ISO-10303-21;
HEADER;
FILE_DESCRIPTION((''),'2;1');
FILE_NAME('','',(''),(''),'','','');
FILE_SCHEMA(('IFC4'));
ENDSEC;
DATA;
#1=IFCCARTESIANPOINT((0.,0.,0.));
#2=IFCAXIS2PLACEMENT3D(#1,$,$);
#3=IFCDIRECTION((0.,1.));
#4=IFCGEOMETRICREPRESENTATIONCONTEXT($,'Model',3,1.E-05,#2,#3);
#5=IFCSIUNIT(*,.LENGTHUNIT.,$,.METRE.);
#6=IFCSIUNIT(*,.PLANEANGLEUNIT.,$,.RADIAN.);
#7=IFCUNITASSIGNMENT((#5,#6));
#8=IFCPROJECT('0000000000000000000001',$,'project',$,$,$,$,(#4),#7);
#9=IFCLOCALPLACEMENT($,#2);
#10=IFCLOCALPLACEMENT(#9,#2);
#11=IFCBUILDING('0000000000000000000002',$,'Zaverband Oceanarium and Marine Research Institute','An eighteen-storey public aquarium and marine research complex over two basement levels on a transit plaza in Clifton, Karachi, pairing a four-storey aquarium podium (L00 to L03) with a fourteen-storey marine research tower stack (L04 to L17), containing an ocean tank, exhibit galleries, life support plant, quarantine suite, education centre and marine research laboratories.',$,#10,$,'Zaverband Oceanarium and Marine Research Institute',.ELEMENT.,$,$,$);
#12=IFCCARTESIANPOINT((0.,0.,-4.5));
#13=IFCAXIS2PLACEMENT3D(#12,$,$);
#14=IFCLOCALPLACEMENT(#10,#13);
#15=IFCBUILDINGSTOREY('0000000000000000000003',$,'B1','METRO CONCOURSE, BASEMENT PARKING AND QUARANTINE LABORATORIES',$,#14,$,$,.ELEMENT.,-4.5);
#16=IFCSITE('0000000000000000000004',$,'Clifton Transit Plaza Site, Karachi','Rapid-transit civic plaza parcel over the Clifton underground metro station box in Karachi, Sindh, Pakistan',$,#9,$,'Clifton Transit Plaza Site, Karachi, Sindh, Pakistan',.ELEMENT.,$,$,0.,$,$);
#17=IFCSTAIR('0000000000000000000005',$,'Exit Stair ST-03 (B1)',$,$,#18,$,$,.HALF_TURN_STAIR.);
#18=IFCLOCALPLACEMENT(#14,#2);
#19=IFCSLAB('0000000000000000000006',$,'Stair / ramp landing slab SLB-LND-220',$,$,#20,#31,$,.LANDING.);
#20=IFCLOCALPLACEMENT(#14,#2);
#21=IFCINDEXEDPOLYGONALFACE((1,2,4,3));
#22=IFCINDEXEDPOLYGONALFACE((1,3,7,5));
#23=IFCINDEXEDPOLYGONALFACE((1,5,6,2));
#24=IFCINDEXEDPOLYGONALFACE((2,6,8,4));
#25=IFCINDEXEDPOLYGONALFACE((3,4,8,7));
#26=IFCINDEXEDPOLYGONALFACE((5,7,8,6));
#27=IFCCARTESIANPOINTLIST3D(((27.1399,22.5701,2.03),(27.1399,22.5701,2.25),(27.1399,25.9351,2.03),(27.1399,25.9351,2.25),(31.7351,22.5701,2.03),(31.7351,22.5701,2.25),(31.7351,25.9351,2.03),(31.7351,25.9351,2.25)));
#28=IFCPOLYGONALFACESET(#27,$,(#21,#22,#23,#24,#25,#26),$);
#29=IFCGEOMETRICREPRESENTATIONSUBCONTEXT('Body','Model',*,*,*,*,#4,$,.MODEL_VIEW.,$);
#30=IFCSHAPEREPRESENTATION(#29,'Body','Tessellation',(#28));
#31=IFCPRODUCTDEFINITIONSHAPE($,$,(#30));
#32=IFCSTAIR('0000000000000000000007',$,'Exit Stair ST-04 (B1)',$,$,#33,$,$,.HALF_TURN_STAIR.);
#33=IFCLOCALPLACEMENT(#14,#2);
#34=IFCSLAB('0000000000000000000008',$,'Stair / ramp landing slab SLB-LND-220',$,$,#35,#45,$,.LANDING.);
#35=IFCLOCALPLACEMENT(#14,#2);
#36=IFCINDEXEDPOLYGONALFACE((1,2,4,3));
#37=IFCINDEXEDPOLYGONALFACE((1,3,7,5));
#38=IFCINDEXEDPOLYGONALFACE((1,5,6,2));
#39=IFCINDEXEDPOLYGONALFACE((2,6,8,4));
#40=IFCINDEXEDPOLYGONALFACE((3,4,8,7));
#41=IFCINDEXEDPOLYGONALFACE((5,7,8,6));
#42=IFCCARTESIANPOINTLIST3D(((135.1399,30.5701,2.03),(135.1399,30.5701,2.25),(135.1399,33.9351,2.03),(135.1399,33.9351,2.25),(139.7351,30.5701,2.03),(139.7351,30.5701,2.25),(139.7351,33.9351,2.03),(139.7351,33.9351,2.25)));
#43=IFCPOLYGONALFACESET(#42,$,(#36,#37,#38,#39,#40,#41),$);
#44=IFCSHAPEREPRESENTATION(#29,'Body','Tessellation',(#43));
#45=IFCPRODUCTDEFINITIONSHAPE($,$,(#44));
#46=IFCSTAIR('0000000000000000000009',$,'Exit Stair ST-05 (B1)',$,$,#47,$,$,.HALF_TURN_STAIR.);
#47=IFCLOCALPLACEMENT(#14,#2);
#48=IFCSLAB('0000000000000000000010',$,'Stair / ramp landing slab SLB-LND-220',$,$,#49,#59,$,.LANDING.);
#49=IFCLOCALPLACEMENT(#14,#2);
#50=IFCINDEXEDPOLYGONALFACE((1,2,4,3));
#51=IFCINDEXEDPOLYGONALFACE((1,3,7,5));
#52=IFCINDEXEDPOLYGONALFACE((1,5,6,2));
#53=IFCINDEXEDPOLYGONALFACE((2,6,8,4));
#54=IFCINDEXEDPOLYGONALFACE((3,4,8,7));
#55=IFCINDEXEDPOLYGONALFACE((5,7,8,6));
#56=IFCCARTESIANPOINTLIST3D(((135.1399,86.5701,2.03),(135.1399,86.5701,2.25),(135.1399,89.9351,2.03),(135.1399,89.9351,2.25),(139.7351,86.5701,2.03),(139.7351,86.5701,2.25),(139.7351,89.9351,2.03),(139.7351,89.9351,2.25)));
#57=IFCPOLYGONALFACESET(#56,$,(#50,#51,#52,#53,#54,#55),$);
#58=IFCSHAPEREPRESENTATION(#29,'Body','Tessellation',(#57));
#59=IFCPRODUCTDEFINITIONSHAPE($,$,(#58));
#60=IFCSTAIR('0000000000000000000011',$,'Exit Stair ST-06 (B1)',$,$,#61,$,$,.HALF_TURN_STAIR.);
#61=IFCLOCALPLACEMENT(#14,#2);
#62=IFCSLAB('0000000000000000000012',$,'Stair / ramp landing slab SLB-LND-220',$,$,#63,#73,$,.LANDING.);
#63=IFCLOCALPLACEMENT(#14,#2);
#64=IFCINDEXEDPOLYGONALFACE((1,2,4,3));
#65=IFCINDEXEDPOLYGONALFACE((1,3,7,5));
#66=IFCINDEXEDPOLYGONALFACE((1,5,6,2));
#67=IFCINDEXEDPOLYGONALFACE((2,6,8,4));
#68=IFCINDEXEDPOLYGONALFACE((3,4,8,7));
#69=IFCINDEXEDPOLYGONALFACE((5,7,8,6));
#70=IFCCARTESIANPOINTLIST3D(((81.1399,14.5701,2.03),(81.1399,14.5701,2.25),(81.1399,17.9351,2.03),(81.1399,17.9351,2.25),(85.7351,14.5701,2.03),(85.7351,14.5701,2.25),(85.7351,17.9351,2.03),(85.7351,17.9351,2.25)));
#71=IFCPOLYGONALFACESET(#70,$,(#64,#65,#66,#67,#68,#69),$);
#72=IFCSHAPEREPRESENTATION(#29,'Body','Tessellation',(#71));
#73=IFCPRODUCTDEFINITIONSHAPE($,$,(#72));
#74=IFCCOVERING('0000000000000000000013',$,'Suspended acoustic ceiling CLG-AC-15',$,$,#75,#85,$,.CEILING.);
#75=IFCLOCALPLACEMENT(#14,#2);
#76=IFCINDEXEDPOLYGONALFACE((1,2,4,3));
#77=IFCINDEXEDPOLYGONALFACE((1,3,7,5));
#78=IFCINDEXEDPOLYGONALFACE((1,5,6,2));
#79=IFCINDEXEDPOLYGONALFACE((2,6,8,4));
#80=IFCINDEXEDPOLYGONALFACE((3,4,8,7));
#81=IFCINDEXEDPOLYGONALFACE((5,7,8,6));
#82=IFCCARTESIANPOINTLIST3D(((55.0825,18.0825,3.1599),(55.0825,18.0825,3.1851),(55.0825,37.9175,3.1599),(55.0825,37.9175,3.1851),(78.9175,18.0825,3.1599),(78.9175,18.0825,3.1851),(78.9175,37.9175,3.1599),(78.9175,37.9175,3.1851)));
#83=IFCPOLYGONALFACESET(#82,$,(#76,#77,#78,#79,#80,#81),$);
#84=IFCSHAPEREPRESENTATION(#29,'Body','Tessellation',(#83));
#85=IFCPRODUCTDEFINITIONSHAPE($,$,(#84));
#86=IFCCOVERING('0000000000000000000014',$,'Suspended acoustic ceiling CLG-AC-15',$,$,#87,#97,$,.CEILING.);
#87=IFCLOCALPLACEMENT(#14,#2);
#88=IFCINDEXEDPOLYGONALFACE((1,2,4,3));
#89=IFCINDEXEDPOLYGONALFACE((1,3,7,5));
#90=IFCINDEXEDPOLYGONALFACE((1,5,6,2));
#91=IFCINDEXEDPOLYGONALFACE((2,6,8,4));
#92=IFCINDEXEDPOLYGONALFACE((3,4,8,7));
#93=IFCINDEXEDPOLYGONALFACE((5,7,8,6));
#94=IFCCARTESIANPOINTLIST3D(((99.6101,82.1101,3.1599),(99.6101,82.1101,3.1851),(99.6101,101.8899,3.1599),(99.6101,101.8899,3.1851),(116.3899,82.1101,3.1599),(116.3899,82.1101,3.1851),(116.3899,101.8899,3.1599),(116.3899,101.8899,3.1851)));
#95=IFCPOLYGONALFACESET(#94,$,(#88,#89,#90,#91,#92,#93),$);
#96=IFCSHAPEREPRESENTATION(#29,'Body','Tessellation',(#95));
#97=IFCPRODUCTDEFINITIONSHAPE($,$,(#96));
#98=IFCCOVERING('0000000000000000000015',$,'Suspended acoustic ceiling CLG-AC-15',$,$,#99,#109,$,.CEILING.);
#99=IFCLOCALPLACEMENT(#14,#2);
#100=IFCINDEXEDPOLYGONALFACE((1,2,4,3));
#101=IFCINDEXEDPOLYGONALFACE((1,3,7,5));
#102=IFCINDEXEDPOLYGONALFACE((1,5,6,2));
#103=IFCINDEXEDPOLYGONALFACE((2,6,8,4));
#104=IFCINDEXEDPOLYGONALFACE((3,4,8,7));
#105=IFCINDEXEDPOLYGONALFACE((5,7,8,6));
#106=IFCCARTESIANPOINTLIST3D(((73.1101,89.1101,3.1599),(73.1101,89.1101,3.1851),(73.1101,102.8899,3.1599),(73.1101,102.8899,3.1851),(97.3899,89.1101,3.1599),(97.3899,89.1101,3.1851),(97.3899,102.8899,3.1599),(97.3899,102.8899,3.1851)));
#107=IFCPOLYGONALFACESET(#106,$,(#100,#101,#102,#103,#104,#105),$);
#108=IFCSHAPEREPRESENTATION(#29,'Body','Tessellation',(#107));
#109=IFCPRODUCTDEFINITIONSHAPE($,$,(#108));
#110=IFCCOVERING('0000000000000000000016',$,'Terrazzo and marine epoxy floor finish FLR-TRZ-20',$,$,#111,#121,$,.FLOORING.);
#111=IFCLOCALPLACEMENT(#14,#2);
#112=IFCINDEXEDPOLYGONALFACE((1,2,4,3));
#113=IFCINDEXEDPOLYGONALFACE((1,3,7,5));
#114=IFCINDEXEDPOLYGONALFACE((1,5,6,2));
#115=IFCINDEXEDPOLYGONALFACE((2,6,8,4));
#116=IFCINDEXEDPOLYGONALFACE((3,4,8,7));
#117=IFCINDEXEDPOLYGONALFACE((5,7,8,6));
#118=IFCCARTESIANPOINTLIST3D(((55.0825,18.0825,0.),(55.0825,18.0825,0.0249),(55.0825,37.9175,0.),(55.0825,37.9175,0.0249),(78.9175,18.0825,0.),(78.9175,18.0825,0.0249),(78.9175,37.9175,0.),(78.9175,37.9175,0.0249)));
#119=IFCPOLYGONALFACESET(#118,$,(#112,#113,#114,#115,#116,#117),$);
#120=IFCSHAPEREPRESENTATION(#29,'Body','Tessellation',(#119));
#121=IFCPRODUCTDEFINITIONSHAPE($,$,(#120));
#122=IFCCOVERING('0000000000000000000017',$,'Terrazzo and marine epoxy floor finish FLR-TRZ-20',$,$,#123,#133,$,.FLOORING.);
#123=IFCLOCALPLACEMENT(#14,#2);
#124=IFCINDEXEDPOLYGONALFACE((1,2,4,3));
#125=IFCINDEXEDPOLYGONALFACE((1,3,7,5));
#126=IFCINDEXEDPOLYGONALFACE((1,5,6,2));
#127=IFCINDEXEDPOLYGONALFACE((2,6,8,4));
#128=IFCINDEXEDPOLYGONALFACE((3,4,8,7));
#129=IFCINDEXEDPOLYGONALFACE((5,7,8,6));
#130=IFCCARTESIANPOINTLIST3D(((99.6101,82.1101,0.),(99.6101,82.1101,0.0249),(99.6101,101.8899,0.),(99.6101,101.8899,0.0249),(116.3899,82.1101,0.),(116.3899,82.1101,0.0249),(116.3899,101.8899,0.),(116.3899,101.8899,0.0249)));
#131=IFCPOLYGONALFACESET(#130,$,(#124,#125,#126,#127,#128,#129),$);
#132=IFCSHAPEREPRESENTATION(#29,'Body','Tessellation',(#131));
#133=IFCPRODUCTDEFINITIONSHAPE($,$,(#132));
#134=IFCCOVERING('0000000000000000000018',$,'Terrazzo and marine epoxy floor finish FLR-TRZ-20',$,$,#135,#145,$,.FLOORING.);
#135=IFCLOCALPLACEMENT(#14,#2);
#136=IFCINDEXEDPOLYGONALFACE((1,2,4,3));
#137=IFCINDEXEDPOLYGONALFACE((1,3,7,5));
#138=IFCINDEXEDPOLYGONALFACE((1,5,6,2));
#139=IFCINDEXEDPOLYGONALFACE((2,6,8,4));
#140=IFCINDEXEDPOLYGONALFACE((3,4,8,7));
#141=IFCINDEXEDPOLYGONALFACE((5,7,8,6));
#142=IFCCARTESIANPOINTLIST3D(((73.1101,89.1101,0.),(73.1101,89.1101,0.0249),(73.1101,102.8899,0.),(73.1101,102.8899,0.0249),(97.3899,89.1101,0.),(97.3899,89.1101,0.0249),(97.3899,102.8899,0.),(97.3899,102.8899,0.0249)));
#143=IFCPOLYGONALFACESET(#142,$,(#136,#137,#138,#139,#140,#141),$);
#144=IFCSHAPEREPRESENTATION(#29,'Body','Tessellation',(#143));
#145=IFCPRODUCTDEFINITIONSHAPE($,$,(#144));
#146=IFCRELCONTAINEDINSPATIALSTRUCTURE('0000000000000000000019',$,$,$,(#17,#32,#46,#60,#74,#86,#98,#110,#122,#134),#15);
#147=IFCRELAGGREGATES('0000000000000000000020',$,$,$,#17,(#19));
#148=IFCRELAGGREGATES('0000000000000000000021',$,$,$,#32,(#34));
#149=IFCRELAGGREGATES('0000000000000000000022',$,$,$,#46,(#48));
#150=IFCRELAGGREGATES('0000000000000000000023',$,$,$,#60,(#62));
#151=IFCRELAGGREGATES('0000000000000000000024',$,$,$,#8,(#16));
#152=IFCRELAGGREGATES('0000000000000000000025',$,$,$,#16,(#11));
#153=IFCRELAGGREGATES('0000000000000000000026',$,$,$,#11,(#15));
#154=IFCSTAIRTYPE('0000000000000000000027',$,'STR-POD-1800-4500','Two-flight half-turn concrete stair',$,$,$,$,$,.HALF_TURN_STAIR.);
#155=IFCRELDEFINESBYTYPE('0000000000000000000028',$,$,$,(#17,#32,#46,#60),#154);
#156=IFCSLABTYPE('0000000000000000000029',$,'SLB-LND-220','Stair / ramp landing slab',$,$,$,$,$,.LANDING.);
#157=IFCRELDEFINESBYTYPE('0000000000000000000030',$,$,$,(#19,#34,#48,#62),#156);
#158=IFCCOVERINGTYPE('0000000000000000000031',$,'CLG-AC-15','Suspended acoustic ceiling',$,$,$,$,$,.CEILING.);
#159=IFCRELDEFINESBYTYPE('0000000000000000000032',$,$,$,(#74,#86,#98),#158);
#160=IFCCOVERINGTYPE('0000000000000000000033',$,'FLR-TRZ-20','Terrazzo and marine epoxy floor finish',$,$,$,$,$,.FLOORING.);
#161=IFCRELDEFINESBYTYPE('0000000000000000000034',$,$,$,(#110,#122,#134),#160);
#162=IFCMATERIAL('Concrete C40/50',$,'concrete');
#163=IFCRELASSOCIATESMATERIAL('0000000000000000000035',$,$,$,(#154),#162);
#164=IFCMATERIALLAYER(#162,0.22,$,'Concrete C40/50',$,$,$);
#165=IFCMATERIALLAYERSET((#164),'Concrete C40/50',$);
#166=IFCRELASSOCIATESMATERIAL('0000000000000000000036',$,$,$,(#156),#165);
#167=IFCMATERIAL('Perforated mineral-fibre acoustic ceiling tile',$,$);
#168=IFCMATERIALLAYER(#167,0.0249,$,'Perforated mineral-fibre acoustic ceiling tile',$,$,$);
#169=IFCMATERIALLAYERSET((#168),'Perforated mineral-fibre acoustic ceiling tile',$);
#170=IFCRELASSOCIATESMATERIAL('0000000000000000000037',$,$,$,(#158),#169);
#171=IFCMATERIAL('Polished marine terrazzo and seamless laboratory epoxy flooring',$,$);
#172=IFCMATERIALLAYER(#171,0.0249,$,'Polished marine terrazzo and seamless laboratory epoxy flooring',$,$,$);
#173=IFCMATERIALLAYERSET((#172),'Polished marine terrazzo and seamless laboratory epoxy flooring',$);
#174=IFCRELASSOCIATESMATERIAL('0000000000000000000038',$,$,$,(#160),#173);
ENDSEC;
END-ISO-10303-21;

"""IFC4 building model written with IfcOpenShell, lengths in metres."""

from ifc_helpers import new_model, si_unit, direction, frame, origin, place, context, subcontext, project, spatial, polyline, outline, extrude, material, layer, layer_set, type_object, element, aggregate, save


model = new_model("IFC4")

# Units and contexts
model_context = context("Model", 3, precision=1e-05, world=origin(), true_north=direction((0.0, 1.0)))
body_context = subcontext(model_context, "Body", "Model", "MODEL_VIEW")
ifc_project = project(units=[si_unit("LENGTHUNIT", "METRE"), si_unit("PLANEANGLEUNIT", "RADIAN")], contexts=[model_context])

# Site, building, storey
site_placement = place(None, origin())
site = spatial("IfcSite", under=ifc_project, at=site_placement, Name="Clifton Transit Plaza Site, Karachi", Description="Rapid-transit civic plaza parcel over the Clifton underground metro station box in Karachi, Sindh, Pakistan", LongName="Clifton Transit Plaza Site, Karachi, Sindh, Pakistan", CompositionType="ELEMENT", RefElevation=0.0)
building_placement = place(site_placement, origin())
building = spatial("IfcBuilding", under=site, at=building_placement, Name="Zaverband Oceanarium and Marine Research Institute", Description="An eighteen-storey public aquarium and marine research complex over two basement levels on a transit plaza in Clifton, Karachi, pairing a four-storey aquarium podium (L00 to L03) with a fourteen-storey marine research tower stack (L04 to L17), containing an ocean tank, exhibit galleries, life support plant, quarantine suite, education centre and marine research laboratories.", LongName="Zaverband Oceanarium and Marine Research Institute", CompositionType="ELEMENT")
storey_placement = place(building_placement, frame((0.0, 0.0, -4.5)))
storey = spatial("IfcBuildingStorey", under=building, at=storey_placement, Name="B1", Description="METRO CONCOURSE, BASEMENT PARKING AND QUARANTINE LABORATORIES", CompositionType="ELEMENT", Elevation=-4.5)

# Shared definitions
ifc_material_1 = material(Name="Concrete C40/50", Category="concrete")

# Stairs, slabs
stair_type_1 = type_object("IfcStairType", Name="STR-POD-1800-4500", Description="Two-flight half-turn concrete stair", PredefinedType="HALF_TURN_STAIR", material=ifc_material_1)
stair_1_placement = place(storey_placement, origin())
stair_1 = element("IfcStair", 1, at=stair_1_placement, inside=storey, type_object=stair_type_1, Name="Exit Stair ST-03 (B1)", PredefinedType="HALF_TURN_STAIR")
ifc_layer_1 = layer(ifc_material_1, 0.22, Name="Concrete C40/50")
ifc_layer_set_1 = layer_set([ifc_layer_1], Name="Concrete C40/50")
slab_type_1 = type_object("IfcSlabType", Name="SLB-LND-220", Description="Stair / ramp landing slab", PredefinedType="LANDING", material=ifc_layer_set_1)
slab_1_placement = place(storey_placement, frame((0.0, 0.0, 2.03)))
slab_1 = element("IfcSlab", 2, at=slab_1_placement, type_object=slab_type_1, Name="Stair / ramp landing slab SLB-LND-220", PredefinedType="LANDING", context=body_context, shape_type="SweptSolid", body=[
    extrude(outline(polyline([(27.1399, 22.5701), (31.7351, 22.5701), (31.7351, 25.9351), (27.1399, 25.9351), (27.1399, 22.5701)])), origin(), (0.0, 0.0, 1.0), 0.22),
])
aggregate(stair_1, [slab_1])
stair_2_placement = place(storey_placement, origin())
stair_2 = element("IfcStair", 3, at=stair_2_placement, inside=storey, type_object=stair_type_1, Name="Exit Stair ST-04 (B1)", PredefinedType="HALF_TURN_STAIR")
slab_2_placement = place(storey_placement, frame((0.0, 0.0, 2.03)))
slab_2 = element("IfcSlab", 4, at=slab_2_placement, type_object=slab_type_1, Name="Stair / ramp landing slab SLB-LND-220", PredefinedType="LANDING", context=body_context, shape_type="SweptSolid", body=[
    extrude(outline(polyline([(135.1399, 30.5701), (139.7351, 30.5701), (139.7351, 33.9351), (135.1399, 33.9351), (135.1399, 30.5701)])), origin(), (0.0, 0.0, 1.0), 0.22),
])
aggregate(stair_2, [slab_2])
stair_3_placement = place(storey_placement, origin())
stair_3 = element("IfcStair", 5, at=stair_3_placement, inside=storey, type_object=stair_type_1, Name="Exit Stair ST-05 (B1)", PredefinedType="HALF_TURN_STAIR")
slab_3_placement = place(storey_placement, frame((0.0, 0.0, 2.03)))
slab_3 = element("IfcSlab", 6, at=slab_3_placement, type_object=slab_type_1, Name="Stair / ramp landing slab SLB-LND-220", PredefinedType="LANDING", context=body_context, shape_type="SweptSolid", body=[
    extrude(outline(polyline([(135.1399, 86.5701), (139.7351, 86.5701), (139.7351, 89.9351), (135.1399, 89.9351), (135.1399, 86.5701)])), origin(), (0.0, 0.0, 1.0), 0.22),
])
aggregate(stair_3, [slab_3])
stair_4_placement = place(storey_placement, origin())
stair_4 = element("IfcStair", 7, at=stair_4_placement, inside=storey, type_object=stair_type_1, Name="Exit Stair ST-06 (B1)", PredefinedType="HALF_TURN_STAIR")
slab_4_placement = place(storey_placement, frame((0.0, 0.0, 2.03)))
slab_4 = element("IfcSlab", 8, at=slab_4_placement, type_object=slab_type_1, Name="Stair / ramp landing slab SLB-LND-220", PredefinedType="LANDING", context=body_context, shape_type="SweptSolid", body=[
    extrude(outline(polyline([(81.1399, 14.5701), (85.7351, 14.5701), (85.7351, 17.9351), (81.1399, 17.9351), (81.1399, 14.5701)])), origin(), (0.0, 0.0, 1.0), 0.22),
])
aggregate(stair_4, [slab_4])

# Coverings
ifc_material_2 = material(Name="Perforated mineral-fibre acoustic ceiling tile")
ifc_layer_2 = layer(ifc_material_2, 0.0249, Name="Perforated mineral-fibre acoustic ceiling tile")
ifc_layer_set_2 = layer_set([ifc_layer_2], Name="Perforated mineral-fibre acoustic ceiling tile")
covering_type_1 = type_object("IfcCoveringType", Name="CLG-AC-15", Description="Suspended acoustic ceiling", PredefinedType="CEILING", material=ifc_layer_set_2)
covering_1_placement = place(storey_placement, frame((0.0, 0.0, 3.1599)))
element("IfcCovering", 9, at=covering_1_placement, inside=storey, type_object=covering_type_1, Name="Suspended acoustic ceiling CLG-AC-15", PredefinedType="CEILING", context=body_context, shape_type="SweptSolid", body=[
    extrude(outline(polyline([(55.0825, 18.0825), (78.9175, 18.0825), (78.9175, 37.9175), (55.0825, 37.9175), (55.0825, 18.0825)])), origin(), (0.0, 0.0, 1.0), 0.0251),
])
covering_2_placement = place(storey_placement, frame((0.0, 0.0, 3.1599)))
element("IfcCovering", 10, at=covering_2_placement, inside=storey, type_object=covering_type_1, Name="Suspended acoustic ceiling CLG-AC-15", PredefinedType="CEILING", context=body_context, shape_type="SweptSolid", body=[
    extrude(outline(polyline([(99.6101, 82.1101), (116.3899, 82.1101), (116.3899, 101.8899), (99.6101, 101.8899), (99.6101, 82.1101)])), origin(), (0.0, 0.0, 1.0), 0.0251),
])
covering_3_placement = place(storey_placement, frame((0.0, 0.0, 3.1599)))
element("IfcCovering", 11, at=covering_3_placement, inside=storey, type_object=covering_type_1, Name="Suspended acoustic ceiling CLG-AC-15", PredefinedType="CEILING", context=body_context, shape_type="SweptSolid", body=[
    extrude(outline(polyline([(73.1101, 89.1101), (97.3899, 89.1101), (97.3899, 102.8899), (73.1101, 102.8899), (73.1101, 89.1101)])), origin(), (0.0, 0.0, 1.0), 0.0251),
])
ifc_material_3 = material(Name="Polished marine terrazzo and seamless laboratory epoxy flooring")
ifc_layer_3 = layer(ifc_material_3, 0.0249, Name="Polished marine terrazzo and seamless laboratory epoxy flooring")
ifc_layer_set_3 = layer_set([ifc_layer_3], Name="Polished marine terrazzo and seamless laboratory epoxy flooring")
covering_type_2 = type_object("IfcCoveringType", Name="FLR-TRZ-20", Description="Terrazzo and marine epoxy floor finish", PredefinedType="FLOORING", material=ifc_layer_set_3)
covering_4_placement = place(storey_placement, origin())
element("IfcCovering", 12, at=covering_4_placement, inside=storey, type_object=covering_type_2, Name="Terrazzo and marine epoxy floor finish FLR-TRZ-20", PredefinedType="FLOORING", context=body_context, shape_type="SweptSolid", body=[
    extrude(outline(polyline([(55.0825, 18.0825), (78.9175, 18.0825), (78.9175, 37.9175), (55.0825, 37.9175), (55.0825, 18.0825)])), origin(), (0.0, 0.0, 1.0), 0.0249),
])
covering_5_placement = place(storey_placement, origin())
element("IfcCovering", 13, at=covering_5_placement, inside=storey, type_object=covering_type_2, Name="Terrazzo and marine epoxy floor finish FLR-TRZ-20", PredefinedType="FLOORING", context=body_context, shape_type="SweptSolid", body=[
    extrude(outline(polyline([(99.6101, 82.1101), (116.3899, 82.1101), (116.3899, 101.8899), (99.6101, 101.8899), (99.6101, 82.1101)])), origin(), (0.0, 0.0, 1.0), 0.0249),
])
covering_6_placement = place(storey_placement, origin())
element("IfcCovering", 14, at=covering_6_placement, inside=storey, type_object=covering_type_2, Name="Terrazzo and marine epoxy floor finish FLR-TRZ-20", PredefinedType="FLOORING", context=body_context, shape_type="SweptSolid", body=[
    extrude(outline(polyline([(73.1101, 89.1101), (97.3899, 89.1101), (97.3899, 102.8899), (73.1101, 102.8899), (73.1101, 89.1101)])), origin(), (0.0, 0.0, 1.0), 0.0249),
])

save(model, "model.ifc")
